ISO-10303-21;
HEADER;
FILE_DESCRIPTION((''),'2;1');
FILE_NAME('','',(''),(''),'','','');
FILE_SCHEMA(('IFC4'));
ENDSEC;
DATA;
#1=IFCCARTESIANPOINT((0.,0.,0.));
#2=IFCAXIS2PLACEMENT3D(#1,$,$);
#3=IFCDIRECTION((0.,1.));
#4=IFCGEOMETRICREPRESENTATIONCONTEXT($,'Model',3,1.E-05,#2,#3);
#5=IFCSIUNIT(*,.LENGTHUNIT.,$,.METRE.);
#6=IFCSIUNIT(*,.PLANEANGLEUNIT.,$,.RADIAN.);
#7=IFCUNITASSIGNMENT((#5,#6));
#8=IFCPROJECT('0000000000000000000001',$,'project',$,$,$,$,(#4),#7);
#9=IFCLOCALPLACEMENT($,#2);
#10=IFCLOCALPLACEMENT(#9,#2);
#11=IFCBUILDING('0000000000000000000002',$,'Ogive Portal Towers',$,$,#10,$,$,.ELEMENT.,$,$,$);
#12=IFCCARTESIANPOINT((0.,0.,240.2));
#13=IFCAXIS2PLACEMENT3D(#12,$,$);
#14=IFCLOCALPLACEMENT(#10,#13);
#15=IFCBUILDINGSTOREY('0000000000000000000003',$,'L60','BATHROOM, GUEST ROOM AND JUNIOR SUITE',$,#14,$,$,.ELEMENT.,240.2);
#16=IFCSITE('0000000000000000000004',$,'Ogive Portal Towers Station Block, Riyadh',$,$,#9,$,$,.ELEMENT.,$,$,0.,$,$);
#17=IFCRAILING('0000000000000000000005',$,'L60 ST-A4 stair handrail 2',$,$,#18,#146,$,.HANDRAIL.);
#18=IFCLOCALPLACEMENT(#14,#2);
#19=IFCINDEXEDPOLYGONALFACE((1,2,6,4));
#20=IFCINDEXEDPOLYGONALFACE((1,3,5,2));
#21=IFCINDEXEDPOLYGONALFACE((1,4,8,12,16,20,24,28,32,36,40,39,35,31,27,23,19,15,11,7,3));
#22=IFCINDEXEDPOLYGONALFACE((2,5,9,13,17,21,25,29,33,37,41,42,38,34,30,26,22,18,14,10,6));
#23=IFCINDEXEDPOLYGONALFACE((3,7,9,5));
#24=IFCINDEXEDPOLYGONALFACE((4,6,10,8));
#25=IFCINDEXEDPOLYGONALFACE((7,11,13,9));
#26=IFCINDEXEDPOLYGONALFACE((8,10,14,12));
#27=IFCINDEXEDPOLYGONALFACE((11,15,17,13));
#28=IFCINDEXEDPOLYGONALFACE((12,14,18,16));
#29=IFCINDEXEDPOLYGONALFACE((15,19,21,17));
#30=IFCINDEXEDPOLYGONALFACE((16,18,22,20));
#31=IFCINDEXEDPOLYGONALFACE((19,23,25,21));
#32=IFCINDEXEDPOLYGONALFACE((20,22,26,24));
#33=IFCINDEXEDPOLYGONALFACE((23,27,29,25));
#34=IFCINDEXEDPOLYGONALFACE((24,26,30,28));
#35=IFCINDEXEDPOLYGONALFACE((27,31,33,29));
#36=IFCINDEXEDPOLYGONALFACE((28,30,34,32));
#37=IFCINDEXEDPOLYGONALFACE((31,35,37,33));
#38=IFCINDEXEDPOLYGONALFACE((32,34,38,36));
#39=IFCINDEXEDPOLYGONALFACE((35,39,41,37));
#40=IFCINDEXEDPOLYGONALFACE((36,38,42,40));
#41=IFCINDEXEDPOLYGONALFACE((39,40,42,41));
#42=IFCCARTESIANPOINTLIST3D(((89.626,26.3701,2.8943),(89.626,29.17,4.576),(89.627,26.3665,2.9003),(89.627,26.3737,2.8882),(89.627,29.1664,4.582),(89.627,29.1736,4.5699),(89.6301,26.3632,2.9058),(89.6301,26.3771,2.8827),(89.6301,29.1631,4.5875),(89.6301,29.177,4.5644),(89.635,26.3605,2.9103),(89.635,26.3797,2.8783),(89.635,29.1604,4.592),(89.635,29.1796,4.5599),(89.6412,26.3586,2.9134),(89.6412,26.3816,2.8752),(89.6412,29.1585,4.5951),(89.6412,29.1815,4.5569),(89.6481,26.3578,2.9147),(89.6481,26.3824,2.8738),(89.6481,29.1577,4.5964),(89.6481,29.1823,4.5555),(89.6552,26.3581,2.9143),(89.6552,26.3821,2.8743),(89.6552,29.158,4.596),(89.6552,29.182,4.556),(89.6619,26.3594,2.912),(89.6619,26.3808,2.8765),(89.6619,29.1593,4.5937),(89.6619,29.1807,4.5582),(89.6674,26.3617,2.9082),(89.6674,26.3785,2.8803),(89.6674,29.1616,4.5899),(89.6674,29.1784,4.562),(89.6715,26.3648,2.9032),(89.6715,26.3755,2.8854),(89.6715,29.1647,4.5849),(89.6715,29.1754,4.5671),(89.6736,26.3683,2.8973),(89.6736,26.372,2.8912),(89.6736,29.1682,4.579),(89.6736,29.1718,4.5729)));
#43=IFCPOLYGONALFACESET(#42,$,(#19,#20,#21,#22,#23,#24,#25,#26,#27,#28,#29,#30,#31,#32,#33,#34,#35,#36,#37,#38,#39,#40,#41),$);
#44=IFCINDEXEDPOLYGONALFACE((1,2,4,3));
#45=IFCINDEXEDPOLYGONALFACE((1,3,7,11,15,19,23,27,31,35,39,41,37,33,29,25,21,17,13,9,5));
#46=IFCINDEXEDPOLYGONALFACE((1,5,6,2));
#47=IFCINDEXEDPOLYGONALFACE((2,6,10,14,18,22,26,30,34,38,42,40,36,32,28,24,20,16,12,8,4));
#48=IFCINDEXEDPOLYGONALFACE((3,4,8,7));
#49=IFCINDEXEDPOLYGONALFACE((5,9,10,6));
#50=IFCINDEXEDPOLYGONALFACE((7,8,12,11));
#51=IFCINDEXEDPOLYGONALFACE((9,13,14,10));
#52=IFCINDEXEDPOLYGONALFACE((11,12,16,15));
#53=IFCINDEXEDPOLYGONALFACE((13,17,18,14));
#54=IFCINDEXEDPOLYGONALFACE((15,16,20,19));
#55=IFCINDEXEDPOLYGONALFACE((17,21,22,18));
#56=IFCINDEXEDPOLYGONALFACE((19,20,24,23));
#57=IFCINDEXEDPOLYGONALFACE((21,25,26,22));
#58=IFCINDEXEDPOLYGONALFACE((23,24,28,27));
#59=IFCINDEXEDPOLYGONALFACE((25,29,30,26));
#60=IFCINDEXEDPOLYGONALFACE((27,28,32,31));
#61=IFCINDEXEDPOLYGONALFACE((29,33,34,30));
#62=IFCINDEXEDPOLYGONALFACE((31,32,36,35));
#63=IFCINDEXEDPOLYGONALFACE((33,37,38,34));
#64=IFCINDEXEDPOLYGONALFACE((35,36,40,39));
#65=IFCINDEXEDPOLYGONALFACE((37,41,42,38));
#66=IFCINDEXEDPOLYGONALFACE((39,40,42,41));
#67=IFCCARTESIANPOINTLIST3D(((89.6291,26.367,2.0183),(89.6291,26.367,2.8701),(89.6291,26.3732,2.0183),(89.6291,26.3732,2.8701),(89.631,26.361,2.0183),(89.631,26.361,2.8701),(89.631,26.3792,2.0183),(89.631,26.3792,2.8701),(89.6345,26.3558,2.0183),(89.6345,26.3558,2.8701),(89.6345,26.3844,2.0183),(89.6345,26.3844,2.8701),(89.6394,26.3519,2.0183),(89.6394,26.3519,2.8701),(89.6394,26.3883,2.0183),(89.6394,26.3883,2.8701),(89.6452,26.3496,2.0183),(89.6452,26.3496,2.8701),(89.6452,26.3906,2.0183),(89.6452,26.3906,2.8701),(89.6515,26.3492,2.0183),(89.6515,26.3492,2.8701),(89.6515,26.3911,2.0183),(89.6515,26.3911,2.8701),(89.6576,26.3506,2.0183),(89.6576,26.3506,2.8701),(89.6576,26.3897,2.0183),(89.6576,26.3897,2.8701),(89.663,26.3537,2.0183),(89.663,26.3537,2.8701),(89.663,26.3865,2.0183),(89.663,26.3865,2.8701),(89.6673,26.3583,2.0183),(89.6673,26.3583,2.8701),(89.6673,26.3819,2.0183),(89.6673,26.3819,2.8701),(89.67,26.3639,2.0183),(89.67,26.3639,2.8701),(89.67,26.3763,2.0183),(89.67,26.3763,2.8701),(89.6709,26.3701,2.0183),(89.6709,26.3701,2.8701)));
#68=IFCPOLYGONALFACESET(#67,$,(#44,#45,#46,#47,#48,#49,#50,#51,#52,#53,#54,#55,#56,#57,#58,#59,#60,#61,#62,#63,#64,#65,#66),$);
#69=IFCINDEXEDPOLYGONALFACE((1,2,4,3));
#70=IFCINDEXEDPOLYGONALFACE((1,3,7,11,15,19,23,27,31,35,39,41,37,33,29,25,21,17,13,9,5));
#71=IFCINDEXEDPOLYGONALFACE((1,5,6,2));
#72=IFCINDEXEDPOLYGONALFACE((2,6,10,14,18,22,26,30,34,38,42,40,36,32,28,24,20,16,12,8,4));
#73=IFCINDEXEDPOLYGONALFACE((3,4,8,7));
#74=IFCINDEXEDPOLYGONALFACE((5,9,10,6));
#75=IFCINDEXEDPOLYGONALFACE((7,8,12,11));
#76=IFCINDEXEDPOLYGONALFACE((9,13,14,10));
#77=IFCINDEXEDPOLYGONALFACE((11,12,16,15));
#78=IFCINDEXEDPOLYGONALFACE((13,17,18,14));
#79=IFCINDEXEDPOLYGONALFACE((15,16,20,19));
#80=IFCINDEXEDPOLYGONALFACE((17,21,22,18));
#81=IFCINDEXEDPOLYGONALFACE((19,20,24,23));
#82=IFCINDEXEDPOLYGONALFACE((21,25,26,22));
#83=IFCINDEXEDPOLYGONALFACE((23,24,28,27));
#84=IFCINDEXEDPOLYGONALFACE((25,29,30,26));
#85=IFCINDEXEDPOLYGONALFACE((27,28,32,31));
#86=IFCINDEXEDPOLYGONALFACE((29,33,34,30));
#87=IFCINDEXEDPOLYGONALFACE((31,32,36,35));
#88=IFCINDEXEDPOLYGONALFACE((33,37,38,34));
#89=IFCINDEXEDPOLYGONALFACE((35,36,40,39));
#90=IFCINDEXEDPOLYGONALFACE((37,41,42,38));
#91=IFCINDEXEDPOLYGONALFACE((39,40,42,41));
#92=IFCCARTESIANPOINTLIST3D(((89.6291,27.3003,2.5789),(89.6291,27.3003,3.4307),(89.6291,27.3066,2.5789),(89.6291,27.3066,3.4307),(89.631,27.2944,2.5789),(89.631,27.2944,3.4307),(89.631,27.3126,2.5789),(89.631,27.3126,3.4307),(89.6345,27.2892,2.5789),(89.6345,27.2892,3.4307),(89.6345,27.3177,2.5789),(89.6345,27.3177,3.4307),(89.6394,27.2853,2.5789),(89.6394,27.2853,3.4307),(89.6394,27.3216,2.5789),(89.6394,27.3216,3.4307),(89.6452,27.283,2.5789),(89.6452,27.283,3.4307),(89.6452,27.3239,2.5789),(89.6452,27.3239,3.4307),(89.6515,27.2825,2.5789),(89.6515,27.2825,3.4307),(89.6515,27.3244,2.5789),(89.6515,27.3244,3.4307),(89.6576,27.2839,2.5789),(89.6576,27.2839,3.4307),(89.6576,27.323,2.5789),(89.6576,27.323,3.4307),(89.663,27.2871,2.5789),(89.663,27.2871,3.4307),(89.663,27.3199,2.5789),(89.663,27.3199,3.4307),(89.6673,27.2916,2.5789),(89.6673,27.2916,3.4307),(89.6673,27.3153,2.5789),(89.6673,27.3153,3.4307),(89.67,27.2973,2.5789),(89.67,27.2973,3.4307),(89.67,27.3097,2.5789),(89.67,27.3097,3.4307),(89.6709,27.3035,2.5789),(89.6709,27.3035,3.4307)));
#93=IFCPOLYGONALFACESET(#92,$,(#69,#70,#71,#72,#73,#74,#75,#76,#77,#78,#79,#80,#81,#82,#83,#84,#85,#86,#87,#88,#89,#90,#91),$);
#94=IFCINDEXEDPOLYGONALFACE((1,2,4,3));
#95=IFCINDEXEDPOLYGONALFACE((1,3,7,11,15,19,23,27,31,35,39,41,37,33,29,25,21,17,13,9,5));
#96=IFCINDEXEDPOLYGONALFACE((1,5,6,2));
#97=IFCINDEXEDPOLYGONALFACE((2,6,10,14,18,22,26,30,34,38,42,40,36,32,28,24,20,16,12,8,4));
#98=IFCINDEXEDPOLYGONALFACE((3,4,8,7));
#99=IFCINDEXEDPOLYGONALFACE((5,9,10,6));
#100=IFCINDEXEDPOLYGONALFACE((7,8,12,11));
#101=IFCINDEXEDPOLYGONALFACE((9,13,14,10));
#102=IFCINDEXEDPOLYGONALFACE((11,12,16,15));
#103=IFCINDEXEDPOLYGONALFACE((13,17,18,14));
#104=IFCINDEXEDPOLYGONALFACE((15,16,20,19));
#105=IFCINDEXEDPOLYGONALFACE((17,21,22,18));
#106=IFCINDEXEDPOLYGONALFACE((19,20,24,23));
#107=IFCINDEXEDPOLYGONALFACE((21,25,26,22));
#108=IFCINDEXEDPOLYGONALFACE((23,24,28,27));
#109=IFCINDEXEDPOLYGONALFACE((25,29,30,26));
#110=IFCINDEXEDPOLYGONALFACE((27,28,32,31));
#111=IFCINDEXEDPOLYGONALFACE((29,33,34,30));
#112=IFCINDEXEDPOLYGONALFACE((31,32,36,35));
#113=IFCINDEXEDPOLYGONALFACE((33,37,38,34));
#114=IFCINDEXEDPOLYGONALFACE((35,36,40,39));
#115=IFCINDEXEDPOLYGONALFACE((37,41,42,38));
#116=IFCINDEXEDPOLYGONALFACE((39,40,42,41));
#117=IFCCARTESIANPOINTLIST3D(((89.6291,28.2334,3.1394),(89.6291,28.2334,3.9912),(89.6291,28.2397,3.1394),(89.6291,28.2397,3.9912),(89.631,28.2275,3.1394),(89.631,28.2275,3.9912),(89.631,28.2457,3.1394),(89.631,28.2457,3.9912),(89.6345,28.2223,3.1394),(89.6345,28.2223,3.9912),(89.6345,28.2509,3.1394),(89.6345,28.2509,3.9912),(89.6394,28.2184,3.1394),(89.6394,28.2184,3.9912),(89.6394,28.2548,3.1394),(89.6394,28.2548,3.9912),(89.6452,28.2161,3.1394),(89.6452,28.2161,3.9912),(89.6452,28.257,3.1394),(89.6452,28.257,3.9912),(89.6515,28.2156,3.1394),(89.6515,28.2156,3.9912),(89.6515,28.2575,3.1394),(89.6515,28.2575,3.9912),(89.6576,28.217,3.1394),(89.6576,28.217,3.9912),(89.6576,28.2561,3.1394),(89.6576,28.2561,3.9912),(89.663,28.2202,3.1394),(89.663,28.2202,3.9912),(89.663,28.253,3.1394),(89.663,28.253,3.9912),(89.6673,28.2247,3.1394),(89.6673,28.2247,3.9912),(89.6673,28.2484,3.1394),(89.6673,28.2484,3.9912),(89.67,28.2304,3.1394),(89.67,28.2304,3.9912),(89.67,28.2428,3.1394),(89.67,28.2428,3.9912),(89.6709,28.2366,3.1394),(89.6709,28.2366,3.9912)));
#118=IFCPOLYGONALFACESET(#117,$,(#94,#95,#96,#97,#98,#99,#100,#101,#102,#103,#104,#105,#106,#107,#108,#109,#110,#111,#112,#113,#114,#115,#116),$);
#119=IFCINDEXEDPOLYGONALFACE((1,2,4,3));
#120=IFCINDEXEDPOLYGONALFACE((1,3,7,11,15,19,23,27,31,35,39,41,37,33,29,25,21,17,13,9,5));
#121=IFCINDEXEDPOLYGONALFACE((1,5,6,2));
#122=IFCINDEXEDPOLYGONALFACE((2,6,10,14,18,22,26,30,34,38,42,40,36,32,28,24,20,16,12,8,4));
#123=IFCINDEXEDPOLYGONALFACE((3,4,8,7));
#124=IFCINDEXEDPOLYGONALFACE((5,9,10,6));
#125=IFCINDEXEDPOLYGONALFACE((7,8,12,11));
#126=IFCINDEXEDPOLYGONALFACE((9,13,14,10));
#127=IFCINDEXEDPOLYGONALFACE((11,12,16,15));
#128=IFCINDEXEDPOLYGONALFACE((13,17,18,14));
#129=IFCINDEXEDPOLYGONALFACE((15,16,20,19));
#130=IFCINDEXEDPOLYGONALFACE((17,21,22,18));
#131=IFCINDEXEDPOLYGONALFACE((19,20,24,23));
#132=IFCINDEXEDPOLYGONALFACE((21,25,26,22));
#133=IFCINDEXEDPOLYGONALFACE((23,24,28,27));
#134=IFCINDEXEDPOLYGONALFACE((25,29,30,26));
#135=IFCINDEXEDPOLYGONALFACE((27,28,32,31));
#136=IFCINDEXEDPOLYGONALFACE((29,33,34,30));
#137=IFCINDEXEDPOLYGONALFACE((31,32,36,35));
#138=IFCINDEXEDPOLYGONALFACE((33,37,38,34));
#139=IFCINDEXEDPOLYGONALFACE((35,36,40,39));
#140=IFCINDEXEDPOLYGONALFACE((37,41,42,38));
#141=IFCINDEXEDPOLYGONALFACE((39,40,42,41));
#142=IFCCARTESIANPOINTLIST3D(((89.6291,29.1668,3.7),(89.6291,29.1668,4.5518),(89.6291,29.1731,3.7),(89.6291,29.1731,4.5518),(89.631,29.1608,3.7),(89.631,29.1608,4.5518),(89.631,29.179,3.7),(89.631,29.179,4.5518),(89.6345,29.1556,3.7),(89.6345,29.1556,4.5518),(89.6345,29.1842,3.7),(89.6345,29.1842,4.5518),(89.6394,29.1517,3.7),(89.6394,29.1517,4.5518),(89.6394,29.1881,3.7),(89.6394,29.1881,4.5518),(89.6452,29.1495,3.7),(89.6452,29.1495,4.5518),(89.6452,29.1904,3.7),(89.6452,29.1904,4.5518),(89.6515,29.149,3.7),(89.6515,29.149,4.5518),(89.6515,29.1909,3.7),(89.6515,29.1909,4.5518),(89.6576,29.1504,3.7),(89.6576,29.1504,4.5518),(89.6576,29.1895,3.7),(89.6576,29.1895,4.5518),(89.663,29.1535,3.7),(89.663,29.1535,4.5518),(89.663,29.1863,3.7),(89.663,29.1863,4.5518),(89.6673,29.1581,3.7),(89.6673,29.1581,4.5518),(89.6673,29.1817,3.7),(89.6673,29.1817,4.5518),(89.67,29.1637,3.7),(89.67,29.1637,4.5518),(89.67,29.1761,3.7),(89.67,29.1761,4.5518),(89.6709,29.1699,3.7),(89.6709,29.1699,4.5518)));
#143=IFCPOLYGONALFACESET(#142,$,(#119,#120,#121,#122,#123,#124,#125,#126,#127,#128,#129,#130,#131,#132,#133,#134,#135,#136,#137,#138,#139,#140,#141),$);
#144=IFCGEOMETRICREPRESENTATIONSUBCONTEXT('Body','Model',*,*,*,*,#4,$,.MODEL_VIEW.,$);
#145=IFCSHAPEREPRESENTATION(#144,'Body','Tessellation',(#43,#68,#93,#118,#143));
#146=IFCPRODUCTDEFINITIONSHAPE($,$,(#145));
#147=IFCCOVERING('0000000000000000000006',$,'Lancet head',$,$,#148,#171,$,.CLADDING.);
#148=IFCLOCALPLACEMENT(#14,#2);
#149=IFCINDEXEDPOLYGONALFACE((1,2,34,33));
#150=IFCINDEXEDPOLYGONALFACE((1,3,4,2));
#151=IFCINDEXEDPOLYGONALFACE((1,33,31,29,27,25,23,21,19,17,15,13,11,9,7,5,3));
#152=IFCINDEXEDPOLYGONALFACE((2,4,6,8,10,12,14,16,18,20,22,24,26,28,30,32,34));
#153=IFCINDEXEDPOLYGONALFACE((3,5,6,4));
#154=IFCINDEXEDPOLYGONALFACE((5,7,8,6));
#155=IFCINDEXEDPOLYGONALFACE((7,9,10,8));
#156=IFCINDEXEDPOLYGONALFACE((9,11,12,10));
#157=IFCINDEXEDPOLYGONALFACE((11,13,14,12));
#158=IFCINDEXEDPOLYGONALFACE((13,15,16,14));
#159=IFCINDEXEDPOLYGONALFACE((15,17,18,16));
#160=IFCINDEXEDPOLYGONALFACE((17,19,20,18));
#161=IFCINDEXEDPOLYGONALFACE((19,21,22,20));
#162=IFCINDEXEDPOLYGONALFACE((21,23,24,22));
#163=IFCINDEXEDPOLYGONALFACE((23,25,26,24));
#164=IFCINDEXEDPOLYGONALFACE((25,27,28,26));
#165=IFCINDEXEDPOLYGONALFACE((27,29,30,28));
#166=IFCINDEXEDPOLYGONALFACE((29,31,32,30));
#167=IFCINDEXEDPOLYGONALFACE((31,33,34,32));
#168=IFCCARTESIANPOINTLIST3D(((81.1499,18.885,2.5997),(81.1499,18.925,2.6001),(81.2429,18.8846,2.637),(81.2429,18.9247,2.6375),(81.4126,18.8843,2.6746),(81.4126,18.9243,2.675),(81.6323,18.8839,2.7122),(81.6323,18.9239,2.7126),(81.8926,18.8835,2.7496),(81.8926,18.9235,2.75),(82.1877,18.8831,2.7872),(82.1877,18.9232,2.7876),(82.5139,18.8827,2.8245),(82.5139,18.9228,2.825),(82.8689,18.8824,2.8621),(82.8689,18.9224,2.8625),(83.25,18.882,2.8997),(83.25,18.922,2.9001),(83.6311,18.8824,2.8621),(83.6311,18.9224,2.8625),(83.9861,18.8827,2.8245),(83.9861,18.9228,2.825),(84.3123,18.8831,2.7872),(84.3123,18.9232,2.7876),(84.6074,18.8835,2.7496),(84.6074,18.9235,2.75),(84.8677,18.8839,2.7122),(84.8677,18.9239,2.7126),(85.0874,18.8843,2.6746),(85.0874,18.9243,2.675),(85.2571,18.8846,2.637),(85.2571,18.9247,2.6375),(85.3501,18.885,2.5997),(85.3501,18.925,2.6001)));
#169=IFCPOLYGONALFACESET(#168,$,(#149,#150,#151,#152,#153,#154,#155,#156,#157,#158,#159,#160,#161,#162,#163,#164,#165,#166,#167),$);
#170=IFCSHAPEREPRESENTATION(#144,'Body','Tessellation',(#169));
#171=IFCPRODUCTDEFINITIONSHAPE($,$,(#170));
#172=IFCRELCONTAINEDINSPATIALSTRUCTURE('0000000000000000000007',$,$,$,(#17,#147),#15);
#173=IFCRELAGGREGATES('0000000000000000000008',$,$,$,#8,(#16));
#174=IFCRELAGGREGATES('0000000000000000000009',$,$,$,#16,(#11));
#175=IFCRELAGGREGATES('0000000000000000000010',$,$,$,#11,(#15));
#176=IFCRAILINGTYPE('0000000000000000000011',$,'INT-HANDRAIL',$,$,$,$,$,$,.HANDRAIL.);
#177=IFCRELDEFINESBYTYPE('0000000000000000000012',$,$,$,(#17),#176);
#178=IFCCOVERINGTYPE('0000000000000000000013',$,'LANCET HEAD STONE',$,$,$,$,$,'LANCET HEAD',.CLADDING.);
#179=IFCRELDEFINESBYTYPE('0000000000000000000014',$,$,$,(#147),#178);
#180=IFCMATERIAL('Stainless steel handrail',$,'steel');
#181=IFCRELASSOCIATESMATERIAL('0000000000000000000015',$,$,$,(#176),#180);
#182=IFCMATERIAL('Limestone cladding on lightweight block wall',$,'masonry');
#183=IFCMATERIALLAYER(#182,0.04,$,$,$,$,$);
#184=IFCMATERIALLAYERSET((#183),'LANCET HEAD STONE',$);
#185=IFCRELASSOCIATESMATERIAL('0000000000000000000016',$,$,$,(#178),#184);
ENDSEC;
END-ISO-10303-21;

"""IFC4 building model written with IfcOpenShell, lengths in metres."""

from ifc_helpers import new_model, si_unit, direction, frame, origin, origin_2d, place, context, subcontext, project, spatial, polyline, circle, outline, extrude, material, layer, layer_set, type_object, element, save


model = new_model("IFC4")

# Units and contexts
model_context = context("Model", 3, precision=1e-05, world=origin(), true_north=direction((0.0, 1.0)))
body_context = subcontext(model_context, "Body", "Model", "MODEL_VIEW")
ifc_project = project(units=[si_unit("LENGTHUNIT", "METRE"), si_unit("PLANEANGLEUNIT", "RADIAN")], contexts=[model_context])

# Site, building, storey
site_placement = place(None, origin())
site = spatial("IfcSite", under=ifc_project, at=site_placement, Name="Ogive Portal Towers Station Block, Riyadh", CompositionType="ELEMENT", RefElevation=0.0)
building_placement = place(site_placement, origin())
building = spatial("IfcBuilding", under=site, at=building_placement, Name="Ogive Portal Towers", CompositionType="ELEMENT")
storey_placement = place(building_placement, frame((0.0, 0.0, 240.2)))
storey = spatial("IfcBuildingStorey", under=building, at=storey_placement, Name="L60", Description="BATHROOM, GUEST ROOM AND JUNIOR SUITE", CompositionType="ELEMENT", Elevation=240.2)

# Railing
ifc_material_1 = material(Name="Stainless steel handrail", Category="steel")
railing_type_1 = type_object("IfcRailingType", Name="INT-HANDRAIL", PredefinedType="HANDRAIL", material=ifc_material_1)
railing_1_placement = place(storey_placement, frame((89.6499, 26.3701, 2.0183)))
element("IfcRailing", 1, at=railing_1_placement, inside=storey, type_object=railing_type_1, Name="L60 ST-A4 stair handrail 2", PredefinedType="HANDRAIL", context=body_context, shape_type="SweptSolid", body=[
    extrude(circle(Radius=0.0239, at=origin_2d()), frame((0.0, 0.0, 0.876), z_axis=(0.0, 0.857255, 0.514891), x_axis=(-1.0, 0.0, 0.0)), (0.0, 0.0, 1.0), 3.2661),
    extrude(circle(Radius=0.021, at=origin_2d()), origin(), (0.0, 0.0, 1.0), 0.8518),
    extrude(circle(Radius=0.021, at=origin_2d()), frame((0.0, 0.9333, 0.5605)), (0.0, 0.0, 1.0), 0.8518),
    extrude(circle(Radius=0.021, at=origin_2d()), frame((0.0, 1.8665, 1.1211)), (0.0, 0.0, 1.0), 0.8518),
    extrude(circle(Radius=0.021, at=origin_2d()), frame((0.0, 2.7998, 1.6816)), (0.0, 0.0, 1.0), 0.8518),
])

# Covering
ifc_material_2 = material(Name="Limestone cladding on lightweight block wall", Category="masonry")
ifc_layer_1 = layer(ifc_material_2, 0.04)
ifc_layer_set_1 = layer_set([ifc_layer_1], Name="LANCET HEAD STONE")
covering_type = type_object("IfcCoveringType", Name="LANCET HEAD STONE", ElementType="LANCET HEAD", PredefinedType="CLADDING", material=ifc_layer_set_1)
covering_placement = place(storey_placement, frame((81.1499, 18.925, 2.6001), z_axis=(0.0, 0.999949, 0.010108), x_axis=(1.0, 0.0, 0.0)))
element("IfcCovering", 2, at=covering_placement, inside=storey, type_object=covering_type, Name="Lancet head", PredefinedType="CLADDING", context=body_context, shape_type="SweptSolid", body=[
    extrude(outline(polyline([(0.0, 0.0), (4.2002, 0.0), (4.1072, -0.0374), (3.9375, -0.075), (3.7178, -0.1126), (3.4575, -0.1499), (3.1624, -0.1875), (2.8362, -0.2249), (2.4812, -0.2625), (2.1001, -0.3001), (1.719, -0.2625), (1.364, -0.2249), (1.0378, -0.1875), (0.7427, -0.1499), (0.4824, -0.1126), (0.2627, -0.075), (0.093, -0.0374), (0.0, 0.0)])), origin(), (0.0, 0.0, -1.0), 0.04),
])

save(model, "model.ifc")
